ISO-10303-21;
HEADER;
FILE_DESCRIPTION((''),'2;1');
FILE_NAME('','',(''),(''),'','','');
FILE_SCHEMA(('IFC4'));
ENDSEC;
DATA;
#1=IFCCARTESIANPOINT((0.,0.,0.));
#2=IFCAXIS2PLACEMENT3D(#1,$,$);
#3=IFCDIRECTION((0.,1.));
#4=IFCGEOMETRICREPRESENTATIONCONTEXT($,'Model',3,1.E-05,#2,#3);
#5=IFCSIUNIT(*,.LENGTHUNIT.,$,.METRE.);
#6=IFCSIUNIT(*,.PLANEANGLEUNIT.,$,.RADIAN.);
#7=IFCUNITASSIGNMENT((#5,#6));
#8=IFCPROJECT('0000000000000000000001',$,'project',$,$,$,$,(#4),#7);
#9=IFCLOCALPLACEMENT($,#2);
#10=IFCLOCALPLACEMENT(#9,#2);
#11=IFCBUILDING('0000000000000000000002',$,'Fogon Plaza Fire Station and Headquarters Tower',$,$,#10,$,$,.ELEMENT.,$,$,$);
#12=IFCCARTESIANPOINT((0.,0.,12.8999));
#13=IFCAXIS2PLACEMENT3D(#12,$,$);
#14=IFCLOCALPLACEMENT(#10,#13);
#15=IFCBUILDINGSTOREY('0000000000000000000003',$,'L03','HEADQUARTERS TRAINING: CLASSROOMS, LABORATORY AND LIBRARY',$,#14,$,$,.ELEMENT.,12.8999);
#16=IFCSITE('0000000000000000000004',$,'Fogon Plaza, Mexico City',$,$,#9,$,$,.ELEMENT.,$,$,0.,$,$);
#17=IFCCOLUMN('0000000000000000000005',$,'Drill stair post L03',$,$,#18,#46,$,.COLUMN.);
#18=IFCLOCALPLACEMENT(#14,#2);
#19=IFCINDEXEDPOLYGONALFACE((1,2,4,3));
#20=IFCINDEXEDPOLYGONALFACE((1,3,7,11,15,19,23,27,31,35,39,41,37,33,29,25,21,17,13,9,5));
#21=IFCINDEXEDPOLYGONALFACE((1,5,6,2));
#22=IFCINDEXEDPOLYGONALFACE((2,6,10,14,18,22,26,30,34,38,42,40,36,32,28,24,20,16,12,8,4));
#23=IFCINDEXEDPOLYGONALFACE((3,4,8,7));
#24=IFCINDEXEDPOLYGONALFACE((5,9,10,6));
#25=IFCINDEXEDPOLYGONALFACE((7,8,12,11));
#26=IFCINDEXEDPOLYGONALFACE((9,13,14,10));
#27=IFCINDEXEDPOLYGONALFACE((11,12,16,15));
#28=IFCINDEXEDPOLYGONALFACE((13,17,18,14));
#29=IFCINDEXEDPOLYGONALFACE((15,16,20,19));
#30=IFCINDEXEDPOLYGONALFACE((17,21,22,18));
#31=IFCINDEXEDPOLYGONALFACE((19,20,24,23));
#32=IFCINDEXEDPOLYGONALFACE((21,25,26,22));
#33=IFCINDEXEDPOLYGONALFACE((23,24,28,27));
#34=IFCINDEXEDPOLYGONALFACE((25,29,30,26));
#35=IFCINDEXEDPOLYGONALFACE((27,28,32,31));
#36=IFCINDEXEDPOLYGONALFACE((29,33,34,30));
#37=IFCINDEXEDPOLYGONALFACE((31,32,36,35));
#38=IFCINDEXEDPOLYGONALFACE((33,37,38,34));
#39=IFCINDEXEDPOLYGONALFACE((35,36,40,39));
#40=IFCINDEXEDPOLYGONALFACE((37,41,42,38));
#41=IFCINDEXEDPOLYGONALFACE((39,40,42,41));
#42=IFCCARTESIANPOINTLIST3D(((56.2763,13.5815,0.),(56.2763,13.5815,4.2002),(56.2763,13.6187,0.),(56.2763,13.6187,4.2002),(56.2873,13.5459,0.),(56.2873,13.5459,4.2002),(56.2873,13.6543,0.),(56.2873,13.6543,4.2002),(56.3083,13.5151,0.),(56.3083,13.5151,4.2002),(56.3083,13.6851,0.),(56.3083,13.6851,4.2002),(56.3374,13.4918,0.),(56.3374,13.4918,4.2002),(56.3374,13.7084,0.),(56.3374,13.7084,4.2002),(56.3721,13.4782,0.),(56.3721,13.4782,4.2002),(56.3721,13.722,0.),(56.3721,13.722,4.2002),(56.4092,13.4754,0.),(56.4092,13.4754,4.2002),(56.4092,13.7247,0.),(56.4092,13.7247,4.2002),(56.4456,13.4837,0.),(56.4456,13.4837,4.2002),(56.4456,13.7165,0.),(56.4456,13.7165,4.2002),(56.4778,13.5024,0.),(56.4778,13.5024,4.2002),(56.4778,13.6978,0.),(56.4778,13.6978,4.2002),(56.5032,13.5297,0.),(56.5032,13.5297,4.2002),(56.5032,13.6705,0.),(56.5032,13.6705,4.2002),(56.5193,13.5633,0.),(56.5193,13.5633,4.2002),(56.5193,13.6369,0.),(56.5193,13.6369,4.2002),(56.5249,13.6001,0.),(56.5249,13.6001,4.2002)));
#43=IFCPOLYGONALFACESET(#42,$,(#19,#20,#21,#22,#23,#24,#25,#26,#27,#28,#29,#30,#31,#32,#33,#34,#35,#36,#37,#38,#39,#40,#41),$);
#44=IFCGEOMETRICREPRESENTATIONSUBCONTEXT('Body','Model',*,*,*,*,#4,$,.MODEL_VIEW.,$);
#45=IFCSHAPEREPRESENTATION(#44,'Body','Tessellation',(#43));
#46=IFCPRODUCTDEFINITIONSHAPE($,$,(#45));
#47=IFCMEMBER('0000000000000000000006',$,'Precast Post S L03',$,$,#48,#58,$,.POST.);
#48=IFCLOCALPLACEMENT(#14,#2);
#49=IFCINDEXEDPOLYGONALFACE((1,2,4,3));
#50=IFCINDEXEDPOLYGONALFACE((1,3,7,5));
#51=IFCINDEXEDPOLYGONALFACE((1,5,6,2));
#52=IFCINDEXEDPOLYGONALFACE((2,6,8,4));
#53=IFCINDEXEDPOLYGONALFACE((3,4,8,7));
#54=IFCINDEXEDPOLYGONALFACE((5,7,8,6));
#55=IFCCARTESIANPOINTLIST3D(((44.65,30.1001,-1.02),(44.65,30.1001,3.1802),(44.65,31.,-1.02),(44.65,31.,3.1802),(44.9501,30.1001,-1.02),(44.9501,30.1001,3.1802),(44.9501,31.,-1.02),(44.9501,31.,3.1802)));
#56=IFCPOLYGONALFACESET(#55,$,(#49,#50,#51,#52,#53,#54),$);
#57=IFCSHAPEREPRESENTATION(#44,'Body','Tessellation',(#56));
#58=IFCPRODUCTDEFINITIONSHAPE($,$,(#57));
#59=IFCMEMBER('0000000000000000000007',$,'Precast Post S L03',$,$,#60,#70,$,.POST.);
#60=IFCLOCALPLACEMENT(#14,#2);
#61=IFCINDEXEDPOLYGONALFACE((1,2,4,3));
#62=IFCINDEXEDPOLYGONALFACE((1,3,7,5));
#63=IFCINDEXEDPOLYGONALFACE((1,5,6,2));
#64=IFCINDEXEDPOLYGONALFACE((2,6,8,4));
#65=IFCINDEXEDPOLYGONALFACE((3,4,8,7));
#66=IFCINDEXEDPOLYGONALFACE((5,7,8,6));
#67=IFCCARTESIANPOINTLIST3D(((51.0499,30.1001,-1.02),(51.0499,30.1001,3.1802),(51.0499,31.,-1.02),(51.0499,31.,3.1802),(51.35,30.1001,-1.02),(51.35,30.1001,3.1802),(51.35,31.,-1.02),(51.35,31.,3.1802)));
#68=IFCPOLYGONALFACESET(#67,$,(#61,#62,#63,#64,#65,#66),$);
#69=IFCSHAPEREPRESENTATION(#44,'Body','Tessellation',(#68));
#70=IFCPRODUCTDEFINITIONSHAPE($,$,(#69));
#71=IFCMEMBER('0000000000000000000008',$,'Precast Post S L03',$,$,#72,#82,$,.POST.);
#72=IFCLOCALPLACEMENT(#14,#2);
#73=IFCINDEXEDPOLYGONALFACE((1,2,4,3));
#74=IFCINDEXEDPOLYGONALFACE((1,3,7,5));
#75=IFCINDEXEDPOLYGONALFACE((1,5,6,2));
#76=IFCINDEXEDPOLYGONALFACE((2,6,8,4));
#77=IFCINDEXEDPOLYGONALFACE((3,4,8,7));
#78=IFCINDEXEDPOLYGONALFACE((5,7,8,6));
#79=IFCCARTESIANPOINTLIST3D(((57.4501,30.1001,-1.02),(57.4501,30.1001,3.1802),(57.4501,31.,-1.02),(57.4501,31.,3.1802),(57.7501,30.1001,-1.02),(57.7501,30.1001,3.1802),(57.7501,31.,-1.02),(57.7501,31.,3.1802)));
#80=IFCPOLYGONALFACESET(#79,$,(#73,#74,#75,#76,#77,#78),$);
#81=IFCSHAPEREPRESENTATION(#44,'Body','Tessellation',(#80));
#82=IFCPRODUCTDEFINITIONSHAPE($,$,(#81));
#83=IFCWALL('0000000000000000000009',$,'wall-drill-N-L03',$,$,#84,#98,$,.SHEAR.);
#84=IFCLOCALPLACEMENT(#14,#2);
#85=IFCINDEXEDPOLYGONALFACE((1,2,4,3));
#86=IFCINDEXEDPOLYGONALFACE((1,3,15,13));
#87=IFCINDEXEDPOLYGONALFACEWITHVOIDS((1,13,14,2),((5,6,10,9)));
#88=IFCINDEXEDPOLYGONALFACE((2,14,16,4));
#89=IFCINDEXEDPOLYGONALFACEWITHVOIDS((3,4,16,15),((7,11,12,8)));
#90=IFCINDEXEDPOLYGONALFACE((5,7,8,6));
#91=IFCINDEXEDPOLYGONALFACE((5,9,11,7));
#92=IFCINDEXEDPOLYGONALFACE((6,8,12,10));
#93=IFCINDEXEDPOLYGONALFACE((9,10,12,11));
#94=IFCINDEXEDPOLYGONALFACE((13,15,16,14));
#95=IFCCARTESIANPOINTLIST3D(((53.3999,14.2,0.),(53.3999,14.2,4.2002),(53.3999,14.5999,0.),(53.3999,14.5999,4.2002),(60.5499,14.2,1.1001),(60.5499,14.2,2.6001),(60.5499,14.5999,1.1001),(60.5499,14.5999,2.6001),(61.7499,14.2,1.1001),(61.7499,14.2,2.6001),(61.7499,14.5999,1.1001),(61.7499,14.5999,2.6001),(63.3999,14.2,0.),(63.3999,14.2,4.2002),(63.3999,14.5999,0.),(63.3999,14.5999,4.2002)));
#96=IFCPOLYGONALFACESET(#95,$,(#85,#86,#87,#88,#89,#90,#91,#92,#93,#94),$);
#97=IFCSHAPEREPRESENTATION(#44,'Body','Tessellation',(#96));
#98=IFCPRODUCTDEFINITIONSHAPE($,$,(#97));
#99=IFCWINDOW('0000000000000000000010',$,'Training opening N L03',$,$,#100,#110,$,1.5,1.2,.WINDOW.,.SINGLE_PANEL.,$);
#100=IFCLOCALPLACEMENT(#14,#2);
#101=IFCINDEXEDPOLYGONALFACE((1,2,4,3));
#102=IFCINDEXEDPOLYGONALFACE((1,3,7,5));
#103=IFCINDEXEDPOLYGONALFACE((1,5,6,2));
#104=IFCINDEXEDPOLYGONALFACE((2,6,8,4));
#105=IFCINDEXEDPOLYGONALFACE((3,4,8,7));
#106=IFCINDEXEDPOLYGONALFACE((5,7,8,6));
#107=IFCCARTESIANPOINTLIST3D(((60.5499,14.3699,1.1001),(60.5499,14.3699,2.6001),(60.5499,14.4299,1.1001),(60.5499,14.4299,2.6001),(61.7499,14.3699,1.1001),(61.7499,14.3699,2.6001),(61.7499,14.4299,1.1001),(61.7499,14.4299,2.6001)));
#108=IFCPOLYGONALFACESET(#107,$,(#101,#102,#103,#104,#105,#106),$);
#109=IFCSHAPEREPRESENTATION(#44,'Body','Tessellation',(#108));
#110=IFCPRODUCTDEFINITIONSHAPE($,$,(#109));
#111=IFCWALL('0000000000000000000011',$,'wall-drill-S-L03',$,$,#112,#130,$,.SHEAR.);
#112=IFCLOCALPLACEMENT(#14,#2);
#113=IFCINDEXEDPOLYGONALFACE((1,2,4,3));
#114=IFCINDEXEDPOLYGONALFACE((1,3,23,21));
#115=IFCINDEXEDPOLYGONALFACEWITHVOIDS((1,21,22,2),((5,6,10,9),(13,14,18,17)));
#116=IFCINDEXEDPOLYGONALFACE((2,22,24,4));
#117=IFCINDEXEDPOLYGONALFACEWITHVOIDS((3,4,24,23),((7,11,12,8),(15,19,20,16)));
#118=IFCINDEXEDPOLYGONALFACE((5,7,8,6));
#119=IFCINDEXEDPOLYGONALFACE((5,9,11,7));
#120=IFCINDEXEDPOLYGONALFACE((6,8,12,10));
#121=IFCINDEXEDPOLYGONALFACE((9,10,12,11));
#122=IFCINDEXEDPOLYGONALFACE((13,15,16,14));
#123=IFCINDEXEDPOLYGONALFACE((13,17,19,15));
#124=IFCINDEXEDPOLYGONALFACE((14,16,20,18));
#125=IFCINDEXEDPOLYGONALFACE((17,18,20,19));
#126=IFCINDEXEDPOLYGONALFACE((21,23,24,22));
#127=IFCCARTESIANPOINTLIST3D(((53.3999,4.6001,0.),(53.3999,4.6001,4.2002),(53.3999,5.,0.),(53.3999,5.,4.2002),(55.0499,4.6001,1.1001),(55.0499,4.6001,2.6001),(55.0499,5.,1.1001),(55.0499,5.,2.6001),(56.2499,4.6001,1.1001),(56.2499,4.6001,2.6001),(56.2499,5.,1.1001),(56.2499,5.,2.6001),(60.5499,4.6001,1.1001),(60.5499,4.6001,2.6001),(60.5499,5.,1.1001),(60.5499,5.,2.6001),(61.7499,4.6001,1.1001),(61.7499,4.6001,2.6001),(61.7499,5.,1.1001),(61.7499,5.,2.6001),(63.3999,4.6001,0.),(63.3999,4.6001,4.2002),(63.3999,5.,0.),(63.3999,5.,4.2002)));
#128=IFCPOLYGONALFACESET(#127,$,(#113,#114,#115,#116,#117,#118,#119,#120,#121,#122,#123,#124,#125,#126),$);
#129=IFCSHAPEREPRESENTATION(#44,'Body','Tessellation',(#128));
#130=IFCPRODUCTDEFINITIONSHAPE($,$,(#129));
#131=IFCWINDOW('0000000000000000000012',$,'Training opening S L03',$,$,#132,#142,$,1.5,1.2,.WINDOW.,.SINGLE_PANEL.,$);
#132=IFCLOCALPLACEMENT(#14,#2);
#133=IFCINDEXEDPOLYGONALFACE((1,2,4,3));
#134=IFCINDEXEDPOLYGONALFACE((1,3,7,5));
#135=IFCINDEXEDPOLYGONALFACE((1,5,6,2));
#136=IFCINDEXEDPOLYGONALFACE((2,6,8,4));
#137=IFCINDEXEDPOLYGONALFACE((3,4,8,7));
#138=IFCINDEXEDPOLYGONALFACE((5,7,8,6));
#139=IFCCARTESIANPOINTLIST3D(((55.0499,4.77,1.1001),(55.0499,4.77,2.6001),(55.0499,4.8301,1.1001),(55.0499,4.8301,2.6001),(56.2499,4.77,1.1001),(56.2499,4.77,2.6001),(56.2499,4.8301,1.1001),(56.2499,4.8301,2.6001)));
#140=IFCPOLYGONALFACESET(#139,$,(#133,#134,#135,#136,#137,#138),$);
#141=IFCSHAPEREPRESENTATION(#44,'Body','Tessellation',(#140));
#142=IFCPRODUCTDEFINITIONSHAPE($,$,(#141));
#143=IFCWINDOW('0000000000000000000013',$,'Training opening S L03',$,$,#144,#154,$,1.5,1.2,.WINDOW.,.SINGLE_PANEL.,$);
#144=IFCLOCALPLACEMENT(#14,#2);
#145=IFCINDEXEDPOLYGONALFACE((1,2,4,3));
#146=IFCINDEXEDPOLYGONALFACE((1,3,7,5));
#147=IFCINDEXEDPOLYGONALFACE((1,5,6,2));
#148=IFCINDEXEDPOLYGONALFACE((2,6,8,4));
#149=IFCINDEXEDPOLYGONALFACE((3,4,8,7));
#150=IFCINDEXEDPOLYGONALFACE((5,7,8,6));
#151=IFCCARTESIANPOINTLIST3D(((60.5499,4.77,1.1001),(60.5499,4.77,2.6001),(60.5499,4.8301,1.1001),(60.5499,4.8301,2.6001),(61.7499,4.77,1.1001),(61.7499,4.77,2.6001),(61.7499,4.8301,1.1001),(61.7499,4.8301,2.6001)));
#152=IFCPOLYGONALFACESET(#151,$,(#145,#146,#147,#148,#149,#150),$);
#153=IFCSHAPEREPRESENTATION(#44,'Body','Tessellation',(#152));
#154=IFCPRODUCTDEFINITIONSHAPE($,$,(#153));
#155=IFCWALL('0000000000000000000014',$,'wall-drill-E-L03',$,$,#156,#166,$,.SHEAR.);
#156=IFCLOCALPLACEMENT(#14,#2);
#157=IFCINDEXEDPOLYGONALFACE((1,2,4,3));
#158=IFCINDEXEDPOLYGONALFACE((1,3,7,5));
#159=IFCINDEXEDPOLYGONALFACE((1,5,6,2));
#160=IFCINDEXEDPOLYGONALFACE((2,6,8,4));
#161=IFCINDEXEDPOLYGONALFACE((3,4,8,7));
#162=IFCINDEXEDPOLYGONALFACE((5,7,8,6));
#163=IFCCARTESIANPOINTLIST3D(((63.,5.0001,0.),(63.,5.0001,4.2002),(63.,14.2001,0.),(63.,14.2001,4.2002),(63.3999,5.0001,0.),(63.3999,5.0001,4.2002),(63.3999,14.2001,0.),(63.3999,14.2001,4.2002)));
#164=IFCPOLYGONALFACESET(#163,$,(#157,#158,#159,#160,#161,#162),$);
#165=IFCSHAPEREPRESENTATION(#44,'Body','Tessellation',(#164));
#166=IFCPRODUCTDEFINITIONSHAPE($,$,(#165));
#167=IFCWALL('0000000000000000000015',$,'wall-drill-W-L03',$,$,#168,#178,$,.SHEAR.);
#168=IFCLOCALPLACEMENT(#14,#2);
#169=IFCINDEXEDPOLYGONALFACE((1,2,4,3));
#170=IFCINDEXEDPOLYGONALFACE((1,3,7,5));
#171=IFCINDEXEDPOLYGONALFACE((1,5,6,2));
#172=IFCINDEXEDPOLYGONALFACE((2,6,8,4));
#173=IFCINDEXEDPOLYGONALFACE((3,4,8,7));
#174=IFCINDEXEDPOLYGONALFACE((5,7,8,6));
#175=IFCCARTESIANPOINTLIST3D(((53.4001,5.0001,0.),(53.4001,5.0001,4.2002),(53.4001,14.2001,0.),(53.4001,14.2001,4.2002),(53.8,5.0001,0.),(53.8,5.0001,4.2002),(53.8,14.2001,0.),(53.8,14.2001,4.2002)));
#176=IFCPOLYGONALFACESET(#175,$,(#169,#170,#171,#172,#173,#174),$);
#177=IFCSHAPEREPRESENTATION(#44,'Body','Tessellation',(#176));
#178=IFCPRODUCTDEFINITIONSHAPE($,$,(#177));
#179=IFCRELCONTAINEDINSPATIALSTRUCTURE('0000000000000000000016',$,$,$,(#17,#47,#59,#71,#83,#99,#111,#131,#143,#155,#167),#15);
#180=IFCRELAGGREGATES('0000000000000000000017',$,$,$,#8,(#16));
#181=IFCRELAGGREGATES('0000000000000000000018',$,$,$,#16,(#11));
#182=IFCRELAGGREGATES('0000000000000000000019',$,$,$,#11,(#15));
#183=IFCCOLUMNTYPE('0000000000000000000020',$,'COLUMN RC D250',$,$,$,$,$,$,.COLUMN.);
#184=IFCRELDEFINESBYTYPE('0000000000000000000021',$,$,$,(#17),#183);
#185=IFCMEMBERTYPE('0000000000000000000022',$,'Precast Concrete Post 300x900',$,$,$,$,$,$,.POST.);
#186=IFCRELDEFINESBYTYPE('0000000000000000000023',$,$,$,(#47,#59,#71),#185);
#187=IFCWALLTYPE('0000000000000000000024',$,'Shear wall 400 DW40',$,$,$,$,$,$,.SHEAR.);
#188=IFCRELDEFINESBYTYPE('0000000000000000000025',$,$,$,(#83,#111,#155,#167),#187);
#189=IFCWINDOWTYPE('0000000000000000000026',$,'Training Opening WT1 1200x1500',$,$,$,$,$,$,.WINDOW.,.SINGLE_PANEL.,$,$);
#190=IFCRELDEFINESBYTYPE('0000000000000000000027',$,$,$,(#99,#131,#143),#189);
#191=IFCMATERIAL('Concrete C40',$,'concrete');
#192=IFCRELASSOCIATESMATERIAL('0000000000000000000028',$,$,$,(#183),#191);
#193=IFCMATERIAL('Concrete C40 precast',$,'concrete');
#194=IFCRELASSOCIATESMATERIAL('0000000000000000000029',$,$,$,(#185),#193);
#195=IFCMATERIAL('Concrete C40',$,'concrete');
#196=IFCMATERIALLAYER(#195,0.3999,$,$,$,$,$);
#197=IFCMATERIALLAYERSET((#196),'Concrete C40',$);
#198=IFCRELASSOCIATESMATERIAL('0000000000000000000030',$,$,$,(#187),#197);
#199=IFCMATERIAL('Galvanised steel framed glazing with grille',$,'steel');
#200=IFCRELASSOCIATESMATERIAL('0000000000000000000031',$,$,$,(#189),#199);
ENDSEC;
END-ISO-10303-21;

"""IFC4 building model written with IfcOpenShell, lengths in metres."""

from ifc_helpers import new_model, si_unit, direction, frame, frame_2d, origin, origin_2d, place, context, subcontext, project, spatial, rectangle, circle, extrude, material, layer, layer_set, material_profile, profile_set, type_object, element, fill, save


model = new_model("IFC4")

# Units and contexts
model_context = context("Model", 3, precision=1e-05, world=origin(), true_north=direction((0.0, 1.0)))
body_context = subcontext(model_context, "Body", "Model", "MODEL_VIEW")
ifc_project = project(units=[si_unit("LENGTHUNIT", "METRE"), si_unit("PLANEANGLEUNIT", "RADIAN")], contexts=[model_context])

# Site, building, storey
site_placement = place(None, origin())
site = spatial("IfcSite", under=ifc_project, at=site_placement, Name="Fogon Plaza, Mexico City", CompositionType="ELEMENT", RefElevation=0.0)
building_placement = place(site_placement, origin())
building = spatial("IfcBuilding", under=site, at=building_placement, Name="Fogon Plaza Fire Station and Headquarters Tower", CompositionType="ELEMENT")
storey_placement = place(building_placement, frame((0.0, 0.0, 12.8999)))
storey = spatial("IfcBuildingStorey", under=building, at=storey_placement, Name="L03", Description="HEADQUARTERS TRAINING: CLASSROOMS, LABORATORY AND LIBRARY", CompositionType="ELEMENT", Elevation=12.8999)

# Column
ifc_material_1 = material(Name="Concrete C40", Category="concrete")
ifc_material_profile_1 = material_profile(ifc_material_1, circle(Radius=0.125, at=origin_2d()), Name="RC D250")
ifc_profile_set_1 = profile_set([ifc_material_profile_1], Name="Concrete C40")
column_type = type_object("IfcColumnType", Name="COLUMN RC D250", PredefinedType="COLUMN", material=ifc_profile_set_1)
column_placement = place(storey_placement, frame((56.3999, 13.6001, 0.0), z_axis=(0.0, 0.0, 1.0), x_axis=(1.0, 0.0, 0.0)))
element("IfcColumn", 1, at=column_placement, inside=storey, type_object=column_type, Name="Drill stair post L03", PredefinedType="COLUMN", context=body_context, shape_type="SweptSolid", body=[
    extrude(circle(Radius=0.125, at=origin_2d()), origin(), (0.0, 0.0, 1.0), 4.2002),
])

# Members
ifc_material_2 = material(Name="Concrete C40 precast", Category="concrete")
ifc_material_profile_2 = material_profile(ifc_material_2, rectangle(XDim=0.3, YDim=0.8999, at=origin_2d()), Name="Precast Concrete Post 300x900")
ifc_profile_set_2 = profile_set([ifc_material_profile_2], Name="Concrete C40 precast")
member_type = type_object("IfcMemberType", Name="Precast Concrete Post 300x900", PredefinedType="POST", material=ifc_profile_set_2)
for number, where, z_axis, x_axis, name in (
    (2, (44.8, 30.55, -1.02), (0.0, 0.0, 1.0), (1.0, 0.0, 0.0), "Precast Post S L03"),
    (3, (51.2, 30.55, -1.02), (0.0, 0.0, 1.0), (1.0, 0.0, 0.0), "Precast Post S L03"),
    (4, (57.6001, 30.55, -1.02), (0.0, 0.0, 1.0), (1.0, 0.0, 0.0), "Precast Post S L03"),
):
    element("IfcMember", number, at=place(storey_placement, frame(where, z_axis=z_axis, x_axis=x_axis)), inside=storey, type_object=member_type, Name=name, PredefinedType="POST", context=body_context, shape_type="SweptSolid", body=[
        extrude(rectangle(XDim=0.3, YDim=0.8999, at=origin_2d()), origin(), (0.0, 0.0, 1.0), 4.2002),
    ])

# Wall, opening, window
ifc_material_3 = material(Name="Concrete C40", Category="concrete")
ifc_layer = layer(ifc_material_3, 0.3999)
ifc_layer_set = layer_set([ifc_layer], Name="Concrete C40")
wall_type = type_object("IfcWallType", Name="Shear wall 400 DW40", PredefinedType="SHEAR", material=ifc_layer_set)
wall_1_placement = place(storey_placement, frame((53.3999, 14.3999, 0.0), z_axis=(0.0, 0.0, 1.0), x_axis=(1.0, 0.0, 0.0)))
wall_1 = element("IfcWall", 5, at=wall_1_placement, inside=storey, type_object=wall_type, Name="wall-drill-N-L03", PredefinedType="SHEAR", context=body_context, shape_type="SweptSolid", body=[
    extrude(rectangle(XDim=10.0, YDim=0.3999, at=frame_2d((5.0, 0.0))), origin(), (0.0, 0.0, 1.0), 4.2002),
])
opening_1_placement = place(wall_1_placement, frame((7.1499, 0.0, 1.1001)))
opening_1 = element("IfcOpeningElement", 6, at=opening_1_placement, cuts=wall_1, PredefinedType="OPENING", context=body_context, shape_type="SweptSolid", body=[
    extrude(rectangle(XDim=1.2, YDim=1.5, at=frame_2d((0.6001, 0.75))), frame((0.0, 0.21, 0.0), z_axis=(0.0, -1.0, 0.0), x_axis=(1.0, 0.0, 0.0)), (0.0, 0.0, 1.0), 0.4199),
])
ifc_material_4 = material(Name="Galvanised steel framed glazing with grille", Category="steel")
window_type = type_object("IfcWindowType", Name="Training Opening WT1 1200x1500", PartitioningType="SINGLE_PANEL", PredefinedType="WINDOW", material=ifc_material_4)
window_1_placement = place(opening_1_placement, origin())
window_1 = element("IfcWindow", 7, at=window_1_placement, inside=storey, type_object=window_type, Name="Training opening N L03", OverallHeight=1.5, OverallWidth=1.2, PartitioningType="SINGLE_PANEL", PredefinedType="WINDOW", context=body_context, shape_type="SweptSolid", body=[
    extrude(rectangle(XDim=1.2, YDim=1.5, at=frame_2d((0.6001, 0.75))), frame((0.0, 0.03, 0.0), z_axis=(0.0, -1.0, 0.0), x_axis=(1.0, 0.0, 0.0)), (0.0, 0.0, 1.0), 0.0601),
])
fill(opening_1, window_1)

# Wall, openings, windows
wall_2_placement = place(storey_placement, frame((53.3999, 4.8, 0.0), z_axis=(0.0, 0.0, 1.0), x_axis=(1.0, 0.0, 0.0)))
wall_2 = element("IfcWall", 8, at=wall_2_placement, inside=storey, type_object=wall_type, Name="wall-drill-S-L03", PredefinedType="SHEAR", context=body_context, shape_type="SweptSolid", body=[
    extrude(rectangle(XDim=10.0, YDim=0.3999, at=frame_2d((5.0, 0.0))), origin(), (0.0, 0.0, 1.0), 4.2002),
])
opening_2_placement = place(wall_2_placement, frame((1.6499, 0.0, 1.1001)))
opening_2 = element("IfcOpeningElement", 9, at=opening_2_placement, cuts=wall_2, PredefinedType="OPENING", context=body_context, shape_type="SweptSolid", body=[
    extrude(rectangle(XDim=1.2, YDim=1.5, at=frame_2d((0.6001, 0.75))), frame((0.0, 0.21, 0.0), z_axis=(0.0, -1.0, 0.0), x_axis=(1.0, 0.0, 0.0)), (0.0, 0.0, 1.0), 0.4199),
])
opening_3_placement = place(wall_2_placement, frame((7.1499, 0.0, 1.1001)))
opening_3 = element("IfcOpeningElement", 10, at=opening_3_placement, cuts=wall_2, PredefinedType="OPENING", context=body_context, shape_type="SweptSolid", body=[
    extrude(rectangle(XDim=1.2, YDim=1.5, at=frame_2d((0.6001, 0.75))), frame((0.0, 0.21, 0.0), z_axis=(0.0, -1.0, 0.0), x_axis=(1.0, 0.0, 0.0)), (0.0, 0.0, 1.0), 0.4199),
])
window_2_placement = place(opening_2_placement, origin())
window_2 = element("IfcWindow", 11, at=window_2_placement, inside=storey, type_object=window_type, Name="Training opening S L03", OverallHeight=1.5, OverallWidth=1.2, PartitioningType="SINGLE_PANEL", PredefinedType="WINDOW", context=body_context, shape_type="SweptSolid", body=[
    extrude(rectangle(XDim=1.2, YDim=1.5, at=frame_2d((0.6001, 0.75))), frame((0.0, 0.03, 0.0), z_axis=(0.0, -1.0, 0.0), x_axis=(1.0, 0.0, 0.0)), (0.0, 0.0, 1.0), 0.0601),
])
fill(opening_2, window_2)
window_3_placement = place(opening_3_placement, origin())
window_3 = element("IfcWindow", 12, at=window_3_placement, inside=storey, type_object=window_type, Name="Training opening S L03", OverallHeight=1.5, OverallWidth=1.2, PartitioningType="SINGLE_PANEL", PredefinedType="WINDOW", context=body_context, shape_type="SweptSolid", body=[
    extrude(rectangle(XDim=1.2, YDim=1.5, at=frame_2d((0.6001, 0.75))), frame((0.0, 0.03, 0.0), z_axis=(0.0, -1.0, 0.0), x_axis=(1.0, 0.0, 0.0)), (0.0, 0.0, 1.0), 0.0601),
])
fill(opening_3, window_3)

# Walls
for number, where, z_axis, x_axis, name in (
    (13, (63.2, 5.0, 0.0), (0.0, 0.0, 1.0), (0.0, 1.0, 0.0), "wall-drill-E-L03"),
    (14, (53.6001, 5.0, 0.0), (0.0, 0.0, 1.0), (0.0, 1.0, 0.0), "wall-drill-W-L03"),
):
    element("IfcWall", number, at=place(storey_placement, frame(where, z_axis=z_axis, x_axis=x_axis)), inside=storey, type_object=wall_type, Name=name, PredefinedType="SHEAR", context=body_context, shape_type="SweptSolid", body=[
        extrude(rectangle(XDim=9.2, YDim=0.3999, at=frame_2d((4.6001, 0.0))), origin(), (0.0, 0.0, 1.0), 4.2002),
    ])

save(model, "model.ifc")
